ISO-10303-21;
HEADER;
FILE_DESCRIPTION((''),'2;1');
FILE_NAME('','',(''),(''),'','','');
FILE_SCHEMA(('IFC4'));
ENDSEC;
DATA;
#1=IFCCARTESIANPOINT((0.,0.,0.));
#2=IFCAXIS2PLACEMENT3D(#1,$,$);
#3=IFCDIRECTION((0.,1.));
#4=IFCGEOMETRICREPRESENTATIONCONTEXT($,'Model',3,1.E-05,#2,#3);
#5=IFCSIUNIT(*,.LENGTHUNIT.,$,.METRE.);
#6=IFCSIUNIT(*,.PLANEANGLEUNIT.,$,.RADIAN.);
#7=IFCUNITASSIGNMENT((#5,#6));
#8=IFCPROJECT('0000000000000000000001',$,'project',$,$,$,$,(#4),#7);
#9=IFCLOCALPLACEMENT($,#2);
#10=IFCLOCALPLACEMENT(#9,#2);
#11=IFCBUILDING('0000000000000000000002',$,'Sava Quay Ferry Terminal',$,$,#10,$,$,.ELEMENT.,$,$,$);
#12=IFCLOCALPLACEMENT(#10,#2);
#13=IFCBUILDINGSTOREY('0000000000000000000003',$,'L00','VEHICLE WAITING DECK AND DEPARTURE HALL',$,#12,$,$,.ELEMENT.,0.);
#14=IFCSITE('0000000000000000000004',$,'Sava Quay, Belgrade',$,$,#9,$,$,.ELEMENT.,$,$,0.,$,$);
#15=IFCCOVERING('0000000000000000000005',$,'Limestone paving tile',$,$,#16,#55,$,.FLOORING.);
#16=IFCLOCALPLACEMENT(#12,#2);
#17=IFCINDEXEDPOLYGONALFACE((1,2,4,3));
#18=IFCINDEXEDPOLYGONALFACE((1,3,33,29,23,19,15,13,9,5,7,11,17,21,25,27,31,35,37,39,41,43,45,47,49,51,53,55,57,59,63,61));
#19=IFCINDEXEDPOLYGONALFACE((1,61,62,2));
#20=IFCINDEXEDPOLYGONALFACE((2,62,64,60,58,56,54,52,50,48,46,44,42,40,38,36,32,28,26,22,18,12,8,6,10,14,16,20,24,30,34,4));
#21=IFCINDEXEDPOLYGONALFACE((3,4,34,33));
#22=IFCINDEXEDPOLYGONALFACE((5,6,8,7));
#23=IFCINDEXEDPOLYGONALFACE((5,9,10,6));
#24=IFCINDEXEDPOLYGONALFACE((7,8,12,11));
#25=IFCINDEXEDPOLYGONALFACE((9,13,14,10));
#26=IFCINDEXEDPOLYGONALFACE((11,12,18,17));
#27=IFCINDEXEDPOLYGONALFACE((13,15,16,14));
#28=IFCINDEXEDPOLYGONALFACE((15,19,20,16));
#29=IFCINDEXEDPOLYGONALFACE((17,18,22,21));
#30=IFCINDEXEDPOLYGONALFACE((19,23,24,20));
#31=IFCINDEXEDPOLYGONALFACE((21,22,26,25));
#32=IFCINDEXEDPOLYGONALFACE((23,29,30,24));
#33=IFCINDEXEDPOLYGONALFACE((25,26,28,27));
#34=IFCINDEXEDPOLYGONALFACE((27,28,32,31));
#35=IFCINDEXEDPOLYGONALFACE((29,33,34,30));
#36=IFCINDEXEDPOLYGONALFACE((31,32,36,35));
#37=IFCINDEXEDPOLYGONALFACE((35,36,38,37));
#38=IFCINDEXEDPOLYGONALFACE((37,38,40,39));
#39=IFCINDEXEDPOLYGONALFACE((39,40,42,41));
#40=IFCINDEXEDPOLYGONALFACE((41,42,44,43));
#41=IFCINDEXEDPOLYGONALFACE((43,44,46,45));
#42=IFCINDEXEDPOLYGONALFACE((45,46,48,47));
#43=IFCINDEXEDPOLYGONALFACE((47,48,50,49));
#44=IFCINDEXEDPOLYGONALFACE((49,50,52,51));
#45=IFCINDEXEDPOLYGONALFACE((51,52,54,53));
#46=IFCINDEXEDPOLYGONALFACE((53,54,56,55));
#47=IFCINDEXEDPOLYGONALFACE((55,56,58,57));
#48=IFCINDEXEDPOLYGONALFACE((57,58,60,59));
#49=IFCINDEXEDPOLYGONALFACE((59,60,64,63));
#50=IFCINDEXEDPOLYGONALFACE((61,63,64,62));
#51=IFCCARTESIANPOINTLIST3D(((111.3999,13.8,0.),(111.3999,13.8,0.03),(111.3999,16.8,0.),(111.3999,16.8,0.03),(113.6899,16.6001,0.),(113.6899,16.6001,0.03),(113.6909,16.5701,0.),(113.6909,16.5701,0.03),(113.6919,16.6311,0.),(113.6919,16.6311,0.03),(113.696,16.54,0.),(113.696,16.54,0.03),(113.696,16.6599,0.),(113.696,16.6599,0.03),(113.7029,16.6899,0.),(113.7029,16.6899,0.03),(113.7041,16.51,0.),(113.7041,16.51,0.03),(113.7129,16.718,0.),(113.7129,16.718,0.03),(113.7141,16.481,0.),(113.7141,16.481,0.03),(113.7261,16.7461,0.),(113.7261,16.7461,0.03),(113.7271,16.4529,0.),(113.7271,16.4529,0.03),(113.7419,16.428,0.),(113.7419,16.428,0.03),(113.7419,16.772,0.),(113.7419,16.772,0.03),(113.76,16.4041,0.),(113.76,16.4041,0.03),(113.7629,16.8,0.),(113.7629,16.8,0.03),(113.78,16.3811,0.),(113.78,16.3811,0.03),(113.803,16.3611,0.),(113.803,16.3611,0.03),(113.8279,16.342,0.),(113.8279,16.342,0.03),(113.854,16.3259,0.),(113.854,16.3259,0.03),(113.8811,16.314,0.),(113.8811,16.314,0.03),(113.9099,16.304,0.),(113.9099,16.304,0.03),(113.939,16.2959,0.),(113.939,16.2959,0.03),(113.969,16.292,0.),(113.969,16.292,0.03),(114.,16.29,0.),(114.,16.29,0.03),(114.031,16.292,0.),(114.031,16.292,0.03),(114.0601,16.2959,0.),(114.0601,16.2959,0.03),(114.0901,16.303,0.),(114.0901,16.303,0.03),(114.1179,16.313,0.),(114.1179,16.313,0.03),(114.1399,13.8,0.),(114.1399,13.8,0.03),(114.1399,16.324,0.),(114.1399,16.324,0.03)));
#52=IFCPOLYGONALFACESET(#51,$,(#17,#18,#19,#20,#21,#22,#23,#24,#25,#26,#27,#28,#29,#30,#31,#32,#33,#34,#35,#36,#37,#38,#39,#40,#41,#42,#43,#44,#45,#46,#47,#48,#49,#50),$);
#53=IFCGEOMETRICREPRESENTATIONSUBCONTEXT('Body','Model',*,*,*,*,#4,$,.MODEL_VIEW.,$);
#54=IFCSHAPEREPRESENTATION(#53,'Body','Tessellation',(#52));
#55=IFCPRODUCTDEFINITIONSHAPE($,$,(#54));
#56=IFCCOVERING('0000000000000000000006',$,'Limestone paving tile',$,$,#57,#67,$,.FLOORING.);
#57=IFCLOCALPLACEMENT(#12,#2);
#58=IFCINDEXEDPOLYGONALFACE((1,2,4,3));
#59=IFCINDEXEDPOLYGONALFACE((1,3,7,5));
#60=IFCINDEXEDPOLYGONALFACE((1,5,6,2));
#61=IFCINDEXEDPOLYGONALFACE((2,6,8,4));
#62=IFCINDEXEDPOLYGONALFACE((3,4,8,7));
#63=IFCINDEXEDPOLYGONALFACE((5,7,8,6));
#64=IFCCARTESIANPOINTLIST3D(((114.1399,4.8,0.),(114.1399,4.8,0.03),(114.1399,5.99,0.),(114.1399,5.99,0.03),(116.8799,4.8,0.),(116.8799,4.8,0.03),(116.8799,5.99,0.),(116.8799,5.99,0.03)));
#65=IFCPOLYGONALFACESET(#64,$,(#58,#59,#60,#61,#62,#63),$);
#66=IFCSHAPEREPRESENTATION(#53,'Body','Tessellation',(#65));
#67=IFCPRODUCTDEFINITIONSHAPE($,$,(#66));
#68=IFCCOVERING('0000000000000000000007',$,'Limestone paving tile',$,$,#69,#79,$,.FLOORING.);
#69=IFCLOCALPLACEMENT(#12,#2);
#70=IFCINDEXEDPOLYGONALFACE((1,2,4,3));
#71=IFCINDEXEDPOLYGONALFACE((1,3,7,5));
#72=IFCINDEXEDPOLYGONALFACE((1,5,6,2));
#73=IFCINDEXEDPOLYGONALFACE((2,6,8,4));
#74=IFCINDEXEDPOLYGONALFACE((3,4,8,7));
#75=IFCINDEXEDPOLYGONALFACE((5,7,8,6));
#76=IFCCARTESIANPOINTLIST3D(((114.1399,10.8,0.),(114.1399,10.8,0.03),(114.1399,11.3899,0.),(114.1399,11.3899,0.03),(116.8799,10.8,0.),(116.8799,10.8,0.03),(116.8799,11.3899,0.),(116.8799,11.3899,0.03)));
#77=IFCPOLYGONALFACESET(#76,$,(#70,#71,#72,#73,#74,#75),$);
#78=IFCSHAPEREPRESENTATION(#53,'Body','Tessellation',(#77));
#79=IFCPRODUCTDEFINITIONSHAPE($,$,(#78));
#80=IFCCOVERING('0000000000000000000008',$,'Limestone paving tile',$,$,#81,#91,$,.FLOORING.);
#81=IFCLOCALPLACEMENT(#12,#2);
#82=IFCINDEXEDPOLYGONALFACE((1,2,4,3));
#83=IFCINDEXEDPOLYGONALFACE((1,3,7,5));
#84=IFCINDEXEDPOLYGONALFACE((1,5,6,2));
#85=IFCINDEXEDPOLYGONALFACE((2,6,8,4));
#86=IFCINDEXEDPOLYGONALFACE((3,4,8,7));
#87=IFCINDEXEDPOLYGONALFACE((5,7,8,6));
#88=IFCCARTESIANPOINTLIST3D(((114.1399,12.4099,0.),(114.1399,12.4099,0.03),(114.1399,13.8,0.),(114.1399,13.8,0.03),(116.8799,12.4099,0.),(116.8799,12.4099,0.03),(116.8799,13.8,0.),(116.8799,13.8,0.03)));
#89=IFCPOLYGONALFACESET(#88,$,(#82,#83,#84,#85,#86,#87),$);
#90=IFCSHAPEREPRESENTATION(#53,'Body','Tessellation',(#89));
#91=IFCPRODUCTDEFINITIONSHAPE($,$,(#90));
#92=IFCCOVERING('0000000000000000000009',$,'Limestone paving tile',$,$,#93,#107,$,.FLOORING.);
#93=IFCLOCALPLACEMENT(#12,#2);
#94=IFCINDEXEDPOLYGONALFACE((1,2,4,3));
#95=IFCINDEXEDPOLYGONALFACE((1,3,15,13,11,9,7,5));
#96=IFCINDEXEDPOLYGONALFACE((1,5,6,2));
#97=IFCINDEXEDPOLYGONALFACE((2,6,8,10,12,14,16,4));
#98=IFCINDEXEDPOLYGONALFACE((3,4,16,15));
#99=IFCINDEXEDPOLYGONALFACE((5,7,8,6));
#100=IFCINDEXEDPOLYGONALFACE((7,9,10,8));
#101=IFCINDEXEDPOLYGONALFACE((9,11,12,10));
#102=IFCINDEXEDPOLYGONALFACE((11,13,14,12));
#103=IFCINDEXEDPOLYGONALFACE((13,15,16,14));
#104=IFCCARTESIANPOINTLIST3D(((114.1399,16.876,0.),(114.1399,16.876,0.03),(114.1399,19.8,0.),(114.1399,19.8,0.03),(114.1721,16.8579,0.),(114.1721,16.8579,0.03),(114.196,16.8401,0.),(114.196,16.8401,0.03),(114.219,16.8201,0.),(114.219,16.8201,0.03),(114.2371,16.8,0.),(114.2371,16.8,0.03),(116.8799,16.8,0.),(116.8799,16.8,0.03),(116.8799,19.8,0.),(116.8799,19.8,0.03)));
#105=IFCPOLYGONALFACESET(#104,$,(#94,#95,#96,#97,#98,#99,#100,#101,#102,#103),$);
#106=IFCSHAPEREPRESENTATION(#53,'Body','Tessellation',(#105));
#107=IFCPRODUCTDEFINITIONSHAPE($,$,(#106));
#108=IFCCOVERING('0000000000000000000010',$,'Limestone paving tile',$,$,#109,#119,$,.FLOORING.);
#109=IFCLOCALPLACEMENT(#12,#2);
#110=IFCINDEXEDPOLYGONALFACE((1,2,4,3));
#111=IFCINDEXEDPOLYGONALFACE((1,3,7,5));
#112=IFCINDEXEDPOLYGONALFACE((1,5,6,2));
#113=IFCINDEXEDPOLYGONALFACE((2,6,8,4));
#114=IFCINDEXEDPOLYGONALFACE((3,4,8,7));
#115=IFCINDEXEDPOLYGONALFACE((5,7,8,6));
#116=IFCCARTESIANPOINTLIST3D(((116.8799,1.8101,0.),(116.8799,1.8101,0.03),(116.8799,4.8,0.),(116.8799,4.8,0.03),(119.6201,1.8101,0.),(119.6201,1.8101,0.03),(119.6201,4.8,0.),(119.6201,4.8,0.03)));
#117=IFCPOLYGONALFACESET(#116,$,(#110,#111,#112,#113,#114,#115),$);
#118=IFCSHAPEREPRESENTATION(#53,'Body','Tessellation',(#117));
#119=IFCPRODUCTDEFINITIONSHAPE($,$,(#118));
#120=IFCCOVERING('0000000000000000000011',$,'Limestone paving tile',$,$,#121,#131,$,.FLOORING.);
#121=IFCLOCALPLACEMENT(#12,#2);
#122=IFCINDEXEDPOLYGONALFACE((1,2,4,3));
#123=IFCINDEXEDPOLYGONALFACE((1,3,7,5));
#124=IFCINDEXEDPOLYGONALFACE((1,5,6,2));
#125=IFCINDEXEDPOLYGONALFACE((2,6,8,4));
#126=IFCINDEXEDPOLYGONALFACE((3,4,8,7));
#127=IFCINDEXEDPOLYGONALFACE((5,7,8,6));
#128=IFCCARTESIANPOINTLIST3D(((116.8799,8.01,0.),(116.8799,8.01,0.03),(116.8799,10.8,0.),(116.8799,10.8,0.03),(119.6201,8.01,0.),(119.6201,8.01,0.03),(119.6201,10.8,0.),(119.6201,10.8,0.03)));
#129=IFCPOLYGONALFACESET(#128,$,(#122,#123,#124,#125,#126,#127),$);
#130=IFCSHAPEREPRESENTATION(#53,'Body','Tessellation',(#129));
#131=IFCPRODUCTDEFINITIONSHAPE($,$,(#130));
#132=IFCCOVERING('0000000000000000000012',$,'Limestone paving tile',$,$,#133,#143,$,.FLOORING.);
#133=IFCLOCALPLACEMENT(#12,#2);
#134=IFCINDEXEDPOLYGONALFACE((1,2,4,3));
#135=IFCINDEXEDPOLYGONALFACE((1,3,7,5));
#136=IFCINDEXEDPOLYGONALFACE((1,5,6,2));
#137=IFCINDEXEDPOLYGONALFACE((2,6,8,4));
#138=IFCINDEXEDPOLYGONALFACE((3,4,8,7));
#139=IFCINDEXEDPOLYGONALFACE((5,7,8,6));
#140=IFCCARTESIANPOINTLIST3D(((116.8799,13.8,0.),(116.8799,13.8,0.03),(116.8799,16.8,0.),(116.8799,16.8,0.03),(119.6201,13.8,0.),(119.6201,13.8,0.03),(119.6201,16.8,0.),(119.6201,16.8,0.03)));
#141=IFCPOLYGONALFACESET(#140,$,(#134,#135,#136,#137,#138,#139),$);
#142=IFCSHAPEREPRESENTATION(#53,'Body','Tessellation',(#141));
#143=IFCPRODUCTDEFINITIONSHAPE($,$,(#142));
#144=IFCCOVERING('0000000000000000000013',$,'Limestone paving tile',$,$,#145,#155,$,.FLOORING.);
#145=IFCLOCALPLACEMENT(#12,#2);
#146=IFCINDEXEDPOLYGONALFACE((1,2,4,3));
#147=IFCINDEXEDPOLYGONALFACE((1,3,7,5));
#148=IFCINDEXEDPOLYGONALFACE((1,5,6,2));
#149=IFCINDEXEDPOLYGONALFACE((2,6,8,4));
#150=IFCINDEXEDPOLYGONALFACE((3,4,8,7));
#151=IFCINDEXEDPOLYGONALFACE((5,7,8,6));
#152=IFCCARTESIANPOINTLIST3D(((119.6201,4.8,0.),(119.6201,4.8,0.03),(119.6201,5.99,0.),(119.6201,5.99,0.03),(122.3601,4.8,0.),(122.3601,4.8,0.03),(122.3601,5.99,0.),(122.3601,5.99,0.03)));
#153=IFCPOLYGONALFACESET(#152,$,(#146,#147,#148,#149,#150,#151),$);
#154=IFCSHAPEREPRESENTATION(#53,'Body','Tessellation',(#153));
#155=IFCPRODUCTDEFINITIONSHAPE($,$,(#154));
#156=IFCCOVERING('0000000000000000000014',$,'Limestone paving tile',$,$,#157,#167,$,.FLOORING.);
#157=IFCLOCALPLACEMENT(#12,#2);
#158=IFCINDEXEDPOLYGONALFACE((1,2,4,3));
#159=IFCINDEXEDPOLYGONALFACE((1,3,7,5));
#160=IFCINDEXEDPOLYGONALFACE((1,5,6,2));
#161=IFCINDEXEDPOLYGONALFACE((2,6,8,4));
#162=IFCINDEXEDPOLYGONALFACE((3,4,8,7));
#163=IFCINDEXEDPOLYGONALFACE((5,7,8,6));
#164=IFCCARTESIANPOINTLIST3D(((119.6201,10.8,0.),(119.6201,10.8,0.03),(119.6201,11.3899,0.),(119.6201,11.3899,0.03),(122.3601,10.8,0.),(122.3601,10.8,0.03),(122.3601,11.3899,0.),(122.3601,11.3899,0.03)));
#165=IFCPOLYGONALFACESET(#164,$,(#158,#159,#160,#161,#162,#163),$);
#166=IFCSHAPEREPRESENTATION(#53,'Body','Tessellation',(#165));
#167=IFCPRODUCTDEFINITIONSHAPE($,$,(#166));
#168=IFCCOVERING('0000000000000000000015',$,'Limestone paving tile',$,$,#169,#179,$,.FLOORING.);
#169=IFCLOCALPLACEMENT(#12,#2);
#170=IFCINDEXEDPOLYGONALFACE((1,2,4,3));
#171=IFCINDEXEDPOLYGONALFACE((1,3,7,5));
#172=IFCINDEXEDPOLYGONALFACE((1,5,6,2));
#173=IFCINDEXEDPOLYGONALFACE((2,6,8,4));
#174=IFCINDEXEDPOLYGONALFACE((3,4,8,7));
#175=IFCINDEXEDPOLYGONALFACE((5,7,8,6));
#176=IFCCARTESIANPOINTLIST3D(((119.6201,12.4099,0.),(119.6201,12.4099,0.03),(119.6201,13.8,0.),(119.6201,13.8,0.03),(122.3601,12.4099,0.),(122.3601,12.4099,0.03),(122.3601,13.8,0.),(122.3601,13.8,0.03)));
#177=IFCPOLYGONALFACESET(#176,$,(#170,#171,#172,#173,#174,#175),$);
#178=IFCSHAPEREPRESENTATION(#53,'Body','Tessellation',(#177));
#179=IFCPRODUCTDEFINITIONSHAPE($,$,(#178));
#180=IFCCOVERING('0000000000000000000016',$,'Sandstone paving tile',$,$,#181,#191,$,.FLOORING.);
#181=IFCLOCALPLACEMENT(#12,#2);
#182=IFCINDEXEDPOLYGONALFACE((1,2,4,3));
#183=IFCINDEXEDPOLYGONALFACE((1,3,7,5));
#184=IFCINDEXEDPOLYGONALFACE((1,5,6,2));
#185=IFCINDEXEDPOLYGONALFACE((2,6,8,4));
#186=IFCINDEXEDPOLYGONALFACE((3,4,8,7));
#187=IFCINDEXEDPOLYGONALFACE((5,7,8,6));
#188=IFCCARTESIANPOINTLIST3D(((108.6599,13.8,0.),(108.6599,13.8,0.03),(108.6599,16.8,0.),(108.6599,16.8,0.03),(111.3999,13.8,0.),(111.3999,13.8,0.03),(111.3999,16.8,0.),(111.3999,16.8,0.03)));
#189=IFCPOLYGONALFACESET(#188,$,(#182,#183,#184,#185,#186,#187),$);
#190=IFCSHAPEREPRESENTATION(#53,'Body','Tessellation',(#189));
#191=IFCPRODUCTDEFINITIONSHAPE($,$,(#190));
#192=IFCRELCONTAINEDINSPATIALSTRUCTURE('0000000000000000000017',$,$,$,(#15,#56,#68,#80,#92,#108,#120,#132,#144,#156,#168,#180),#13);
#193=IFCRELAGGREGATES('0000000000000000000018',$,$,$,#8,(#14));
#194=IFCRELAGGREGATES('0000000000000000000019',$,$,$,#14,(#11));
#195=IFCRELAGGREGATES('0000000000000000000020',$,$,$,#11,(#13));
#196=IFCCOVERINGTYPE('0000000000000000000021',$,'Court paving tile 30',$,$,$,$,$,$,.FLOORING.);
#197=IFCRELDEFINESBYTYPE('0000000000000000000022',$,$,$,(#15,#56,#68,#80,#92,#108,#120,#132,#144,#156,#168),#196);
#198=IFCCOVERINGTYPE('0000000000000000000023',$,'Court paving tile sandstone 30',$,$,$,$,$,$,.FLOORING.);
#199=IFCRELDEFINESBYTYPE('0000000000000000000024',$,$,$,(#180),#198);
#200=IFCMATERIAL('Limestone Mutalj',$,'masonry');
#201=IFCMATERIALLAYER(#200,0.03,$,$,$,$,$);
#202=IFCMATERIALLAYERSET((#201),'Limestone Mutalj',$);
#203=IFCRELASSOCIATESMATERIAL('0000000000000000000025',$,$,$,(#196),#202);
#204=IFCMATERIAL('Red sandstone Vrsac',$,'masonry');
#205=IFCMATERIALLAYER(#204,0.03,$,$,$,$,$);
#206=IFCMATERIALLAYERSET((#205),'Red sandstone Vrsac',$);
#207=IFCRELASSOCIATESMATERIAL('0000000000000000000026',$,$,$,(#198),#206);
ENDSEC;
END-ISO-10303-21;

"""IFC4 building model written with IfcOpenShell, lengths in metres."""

from ifc_helpers import new_model, si_unit, direction, origin, place, context, subcontext, project, spatial, polyline, outline, extrude, material, layer, layer_set, type_object, element, save


model = new_model("IFC4")

# Units and contexts
model_context = context("Model", 3, precision=1e-05, world=origin(), true_north=direction((0.0, 1.0)))
body_context = subcontext(model_context, "Body", "Model", "MODEL_VIEW")
ifc_project = project(units=[si_unit("LENGTHUNIT", "METRE"), si_unit("PLANEANGLEUNIT", "RADIAN")], contexts=[model_context])

# Site, building, storey
site_placement = place(None, origin())
site = spatial("IfcSite", under=ifc_project, at=site_placement, Name="Sava Quay, Belgrade", CompositionType="ELEMENT", RefElevation=0.0)
building_placement = place(site_placement, origin())
building = spatial("IfcBuilding", under=site, at=building_placement, Name="Sava Quay Ferry Terminal", CompositionType="ELEMENT")
storey_placement = place(building_placement, origin())
storey = spatial("IfcBuildingStorey", under=building, at=storey_placement, Name="L00", Description="VEHICLE WAITING DECK AND DEPARTURE HALL", CompositionType="ELEMENT", Elevation=0.0)

# Coverings
ifc_material_1 = material(Name="Limestone Mutalj", Category="masonry")
ifc_layer_1 = layer(ifc_material_1, 0.03)
ifc_layer_set_1 = layer_set([ifc_layer_1], Name="Limestone Mutalj")
covering_type_1 = type_object("IfcCoveringType", Name="Court paving tile 30", PredefinedType="FLOORING", material=ifc_layer_set_1)
covering_1_placement = place(storey_placement, origin())
element("IfcCovering", 1, at=covering_1_placement, inside=storey, type_object=covering_type_1, Name="Limestone paving tile", PredefinedType="FLOORING", context=body_context, shape_type="SweptSolid", body=[
    extrude(outline(polyline([(114.1399, 13.8), (114.1399, 16.324), (114.1179, 16.313), (114.0901, 16.303), (114.0601, 16.2959), (114.031, 16.292), (114.0, 16.29), (113.969, 16.292), (113.939, 16.2959), (113.9099, 16.304), (113.8811, 16.314), (113.854, 16.3259), (113.8279, 16.342), (113.803, 16.3611), (113.78, 16.3811), (113.76, 16.4041), (113.7419, 16.428), (113.7271, 16.4529), (113.7141, 16.481), (113.7041, 16.51), (113.696, 16.54), (113.6909, 16.5701), (113.6899, 16.6001), (113.6919, 16.6311), (113.696, 16.6599), (113.7029, 16.6899), (113.7129, 16.718), (113.7261, 16.7461), (113.7419, 16.772), (113.7629, 16.8), (111.3999, 16.8), (111.3999, 13.8), (114.1399, 13.8)])), origin(), (0.0, 0.0, 1.0), 0.03),
])
covering_2_placement = place(storey_placement, origin())
element("IfcCovering", 2, at=covering_2_placement, inside=storey, type_object=covering_type_1, Name="Limestone paving tile", PredefinedType="FLOORING", context=body_context, shape_type="SweptSolid", body=[
    extrude(outline(polyline([(116.8799, 4.8), (116.8799, 5.99), (114.1399, 5.99), (114.1399, 4.8), (116.8799, 4.8)])), origin(), (0.0, 0.0, 1.0), 0.03),
])
covering_3_placement = place(storey_placement, origin())
element("IfcCovering", 3, at=covering_3_placement, inside=storey, type_object=covering_type_1, Name="Limestone paving tile", PredefinedType="FLOORING", context=body_context, shape_type="SweptSolid", body=[
    extrude(outline(polyline([(116.8799, 10.8), (116.8799, 11.3899), (114.1399, 11.3899), (114.1399, 10.8), (116.8799, 10.8)])), origin(), (0.0, 0.0, 1.0), 0.03),
])
covering_4_placement = place(storey_placement, origin())
element("IfcCovering", 4, at=covering_4_placement, inside=storey, type_object=covering_type_1, Name="Limestone paving tile", PredefinedType="FLOORING", context=body_context, shape_type="SweptSolid", body=[
    extrude(outline(polyline([(114.1399, 13.8), (114.1399, 12.4099), (116.8799, 12.4099), (116.8799, 13.8), (114.1399, 13.8)])), origin(), (0.0, 0.0, 1.0), 0.03),
])
covering_5_placement = place(storey_placement, origin())
element("IfcCovering", 5, at=covering_5_placement, inside=storey, type_object=covering_type_1, Name="Limestone paving tile", PredefinedType="FLOORING", context=body_context, shape_type="SweptSolid", body=[
    extrude(outline(polyline([(116.8799, 16.8), (116.8799, 19.8), (114.1399, 19.8), (114.1399, 16.876), (114.1721, 16.8579), (114.196, 16.8401), (114.219, 16.8201), (114.2371, 16.8), (116.8799, 16.8)])), origin(), (0.0, 0.0, 1.0), 0.03),
])
covering_6_placement = place(storey_placement, origin())
element("IfcCovering", 6, at=covering_6_placement, inside=storey, type_object=covering_type_1, Name="Limestone paving tile", PredefinedType="FLOORING", context=body_context, shape_type="SweptSolid", body=[
    extrude(outline(polyline([(116.8799, 4.8), (116.8799, 1.8101), (119.6201, 1.8101), (119.6201, 4.8), (116.8799, 4.8)])), origin(), (0.0, 0.0, 1.0), 0.03),
])
covering_7_placement = place(storey_placement, origin())
element("IfcCovering", 7, at=covering_7_placement, inside=storey, type_object=covering_type_1, Name="Limestone paving tile", PredefinedType="FLOORING", context=body_context, shape_type="SweptSolid", body=[
    extrude(outline(polyline([(116.8799, 10.8), (116.8799, 8.01), (119.6201, 8.01), (119.6201, 10.8), (116.8799, 10.8)])), origin(), (0.0, 0.0, 1.0), 0.03),
])
covering_8_placement = place(storey_placement, origin())
element("IfcCovering", 8, at=covering_8_placement, inside=storey, type_object=covering_type_1, Name="Limestone paving tile", PredefinedType="FLOORING", context=body_context, shape_type="SweptSolid", body=[
    extrude(outline(polyline([(116.8799, 13.8), (119.6201, 13.8), (119.6201, 16.8), (116.8799, 16.8), (116.8799, 13.8)])), origin(), (0.0, 0.0, 1.0), 0.03),
])
covering_9_placement = place(storey_placement, origin())
element("IfcCovering", 9, at=covering_9_placement, inside=storey, type_object=covering_type_1, Name="Limestone paving tile", PredefinedType="FLOORING", context=body_context, shape_type="SweptSolid", body=[
    extrude(outline(polyline([(122.3601, 4.8), (122.3601, 5.99), (119.6201, 5.99), (119.6201, 4.8), (122.3601, 4.8)])), origin(), (0.0, 0.0, 1.0), 0.03),
])
covering_10_placement = place(storey_placement, origin())
element("IfcCovering", 10, at=covering_10_placement, inside=storey, type_object=covering_type_1, Name="Limestone paving tile", PredefinedType="FLOORING", context=body_context, shape_type="SweptSolid", body=[
    extrude(outline(polyline([(122.3601, 10.8), (122.3601, 11.3899), (119.6201, 11.3899), (119.6201, 10.8), (122.3601, 10.8)])), origin(), (0.0, 0.0, 1.0), 0.03),
])
covering_11_placement = place(storey_placement, origin())
element("IfcCovering", 11, at=covering_11_placement, inside=storey, type_object=covering_type_1, Name="Limestone paving tile", PredefinedType="FLOORING", context=body_context, shape_type="SweptSolid", body=[
    extrude(outline(polyline([(119.6201, 13.8), (119.6201, 12.4099), (122.3601, 12.4099), (122.3601, 13.8), (119.6201, 13.8)])), origin(), (0.0, 0.0, 1.0), 0.03),
])
ifc_material_2 = material(Name="Red sandstone Vrsac", Category="masonry")
ifc_layer_2 = layer(ifc_material_2, 0.03)
ifc_layer_set_2 = layer_set([ifc_layer_2], Name="Red sandstone Vrsac")
covering_type_2 = type_object("IfcCoveringType", Name="Court paving tile sandstone 30", PredefinedType="FLOORING", material=ifc_layer_set_2)
covering_12_placement = place(storey_placement, origin())
element("IfcCovering", 12, at=covering_12_placement, inside=storey, type_object=covering_type_2, Name="Sandstone paving tile", PredefinedType="FLOORING", context=body_context, shape_type="SweptSolid", body=[
    extrude(outline(polyline([(108.6599, 13.8), (111.3999, 13.8), (111.3999, 16.8), (108.6599, 16.8), (108.6599, 13.8)])), origin(), (0.0, 0.0, 1.0), 0.03),
])

save(model, "model.ifc")
